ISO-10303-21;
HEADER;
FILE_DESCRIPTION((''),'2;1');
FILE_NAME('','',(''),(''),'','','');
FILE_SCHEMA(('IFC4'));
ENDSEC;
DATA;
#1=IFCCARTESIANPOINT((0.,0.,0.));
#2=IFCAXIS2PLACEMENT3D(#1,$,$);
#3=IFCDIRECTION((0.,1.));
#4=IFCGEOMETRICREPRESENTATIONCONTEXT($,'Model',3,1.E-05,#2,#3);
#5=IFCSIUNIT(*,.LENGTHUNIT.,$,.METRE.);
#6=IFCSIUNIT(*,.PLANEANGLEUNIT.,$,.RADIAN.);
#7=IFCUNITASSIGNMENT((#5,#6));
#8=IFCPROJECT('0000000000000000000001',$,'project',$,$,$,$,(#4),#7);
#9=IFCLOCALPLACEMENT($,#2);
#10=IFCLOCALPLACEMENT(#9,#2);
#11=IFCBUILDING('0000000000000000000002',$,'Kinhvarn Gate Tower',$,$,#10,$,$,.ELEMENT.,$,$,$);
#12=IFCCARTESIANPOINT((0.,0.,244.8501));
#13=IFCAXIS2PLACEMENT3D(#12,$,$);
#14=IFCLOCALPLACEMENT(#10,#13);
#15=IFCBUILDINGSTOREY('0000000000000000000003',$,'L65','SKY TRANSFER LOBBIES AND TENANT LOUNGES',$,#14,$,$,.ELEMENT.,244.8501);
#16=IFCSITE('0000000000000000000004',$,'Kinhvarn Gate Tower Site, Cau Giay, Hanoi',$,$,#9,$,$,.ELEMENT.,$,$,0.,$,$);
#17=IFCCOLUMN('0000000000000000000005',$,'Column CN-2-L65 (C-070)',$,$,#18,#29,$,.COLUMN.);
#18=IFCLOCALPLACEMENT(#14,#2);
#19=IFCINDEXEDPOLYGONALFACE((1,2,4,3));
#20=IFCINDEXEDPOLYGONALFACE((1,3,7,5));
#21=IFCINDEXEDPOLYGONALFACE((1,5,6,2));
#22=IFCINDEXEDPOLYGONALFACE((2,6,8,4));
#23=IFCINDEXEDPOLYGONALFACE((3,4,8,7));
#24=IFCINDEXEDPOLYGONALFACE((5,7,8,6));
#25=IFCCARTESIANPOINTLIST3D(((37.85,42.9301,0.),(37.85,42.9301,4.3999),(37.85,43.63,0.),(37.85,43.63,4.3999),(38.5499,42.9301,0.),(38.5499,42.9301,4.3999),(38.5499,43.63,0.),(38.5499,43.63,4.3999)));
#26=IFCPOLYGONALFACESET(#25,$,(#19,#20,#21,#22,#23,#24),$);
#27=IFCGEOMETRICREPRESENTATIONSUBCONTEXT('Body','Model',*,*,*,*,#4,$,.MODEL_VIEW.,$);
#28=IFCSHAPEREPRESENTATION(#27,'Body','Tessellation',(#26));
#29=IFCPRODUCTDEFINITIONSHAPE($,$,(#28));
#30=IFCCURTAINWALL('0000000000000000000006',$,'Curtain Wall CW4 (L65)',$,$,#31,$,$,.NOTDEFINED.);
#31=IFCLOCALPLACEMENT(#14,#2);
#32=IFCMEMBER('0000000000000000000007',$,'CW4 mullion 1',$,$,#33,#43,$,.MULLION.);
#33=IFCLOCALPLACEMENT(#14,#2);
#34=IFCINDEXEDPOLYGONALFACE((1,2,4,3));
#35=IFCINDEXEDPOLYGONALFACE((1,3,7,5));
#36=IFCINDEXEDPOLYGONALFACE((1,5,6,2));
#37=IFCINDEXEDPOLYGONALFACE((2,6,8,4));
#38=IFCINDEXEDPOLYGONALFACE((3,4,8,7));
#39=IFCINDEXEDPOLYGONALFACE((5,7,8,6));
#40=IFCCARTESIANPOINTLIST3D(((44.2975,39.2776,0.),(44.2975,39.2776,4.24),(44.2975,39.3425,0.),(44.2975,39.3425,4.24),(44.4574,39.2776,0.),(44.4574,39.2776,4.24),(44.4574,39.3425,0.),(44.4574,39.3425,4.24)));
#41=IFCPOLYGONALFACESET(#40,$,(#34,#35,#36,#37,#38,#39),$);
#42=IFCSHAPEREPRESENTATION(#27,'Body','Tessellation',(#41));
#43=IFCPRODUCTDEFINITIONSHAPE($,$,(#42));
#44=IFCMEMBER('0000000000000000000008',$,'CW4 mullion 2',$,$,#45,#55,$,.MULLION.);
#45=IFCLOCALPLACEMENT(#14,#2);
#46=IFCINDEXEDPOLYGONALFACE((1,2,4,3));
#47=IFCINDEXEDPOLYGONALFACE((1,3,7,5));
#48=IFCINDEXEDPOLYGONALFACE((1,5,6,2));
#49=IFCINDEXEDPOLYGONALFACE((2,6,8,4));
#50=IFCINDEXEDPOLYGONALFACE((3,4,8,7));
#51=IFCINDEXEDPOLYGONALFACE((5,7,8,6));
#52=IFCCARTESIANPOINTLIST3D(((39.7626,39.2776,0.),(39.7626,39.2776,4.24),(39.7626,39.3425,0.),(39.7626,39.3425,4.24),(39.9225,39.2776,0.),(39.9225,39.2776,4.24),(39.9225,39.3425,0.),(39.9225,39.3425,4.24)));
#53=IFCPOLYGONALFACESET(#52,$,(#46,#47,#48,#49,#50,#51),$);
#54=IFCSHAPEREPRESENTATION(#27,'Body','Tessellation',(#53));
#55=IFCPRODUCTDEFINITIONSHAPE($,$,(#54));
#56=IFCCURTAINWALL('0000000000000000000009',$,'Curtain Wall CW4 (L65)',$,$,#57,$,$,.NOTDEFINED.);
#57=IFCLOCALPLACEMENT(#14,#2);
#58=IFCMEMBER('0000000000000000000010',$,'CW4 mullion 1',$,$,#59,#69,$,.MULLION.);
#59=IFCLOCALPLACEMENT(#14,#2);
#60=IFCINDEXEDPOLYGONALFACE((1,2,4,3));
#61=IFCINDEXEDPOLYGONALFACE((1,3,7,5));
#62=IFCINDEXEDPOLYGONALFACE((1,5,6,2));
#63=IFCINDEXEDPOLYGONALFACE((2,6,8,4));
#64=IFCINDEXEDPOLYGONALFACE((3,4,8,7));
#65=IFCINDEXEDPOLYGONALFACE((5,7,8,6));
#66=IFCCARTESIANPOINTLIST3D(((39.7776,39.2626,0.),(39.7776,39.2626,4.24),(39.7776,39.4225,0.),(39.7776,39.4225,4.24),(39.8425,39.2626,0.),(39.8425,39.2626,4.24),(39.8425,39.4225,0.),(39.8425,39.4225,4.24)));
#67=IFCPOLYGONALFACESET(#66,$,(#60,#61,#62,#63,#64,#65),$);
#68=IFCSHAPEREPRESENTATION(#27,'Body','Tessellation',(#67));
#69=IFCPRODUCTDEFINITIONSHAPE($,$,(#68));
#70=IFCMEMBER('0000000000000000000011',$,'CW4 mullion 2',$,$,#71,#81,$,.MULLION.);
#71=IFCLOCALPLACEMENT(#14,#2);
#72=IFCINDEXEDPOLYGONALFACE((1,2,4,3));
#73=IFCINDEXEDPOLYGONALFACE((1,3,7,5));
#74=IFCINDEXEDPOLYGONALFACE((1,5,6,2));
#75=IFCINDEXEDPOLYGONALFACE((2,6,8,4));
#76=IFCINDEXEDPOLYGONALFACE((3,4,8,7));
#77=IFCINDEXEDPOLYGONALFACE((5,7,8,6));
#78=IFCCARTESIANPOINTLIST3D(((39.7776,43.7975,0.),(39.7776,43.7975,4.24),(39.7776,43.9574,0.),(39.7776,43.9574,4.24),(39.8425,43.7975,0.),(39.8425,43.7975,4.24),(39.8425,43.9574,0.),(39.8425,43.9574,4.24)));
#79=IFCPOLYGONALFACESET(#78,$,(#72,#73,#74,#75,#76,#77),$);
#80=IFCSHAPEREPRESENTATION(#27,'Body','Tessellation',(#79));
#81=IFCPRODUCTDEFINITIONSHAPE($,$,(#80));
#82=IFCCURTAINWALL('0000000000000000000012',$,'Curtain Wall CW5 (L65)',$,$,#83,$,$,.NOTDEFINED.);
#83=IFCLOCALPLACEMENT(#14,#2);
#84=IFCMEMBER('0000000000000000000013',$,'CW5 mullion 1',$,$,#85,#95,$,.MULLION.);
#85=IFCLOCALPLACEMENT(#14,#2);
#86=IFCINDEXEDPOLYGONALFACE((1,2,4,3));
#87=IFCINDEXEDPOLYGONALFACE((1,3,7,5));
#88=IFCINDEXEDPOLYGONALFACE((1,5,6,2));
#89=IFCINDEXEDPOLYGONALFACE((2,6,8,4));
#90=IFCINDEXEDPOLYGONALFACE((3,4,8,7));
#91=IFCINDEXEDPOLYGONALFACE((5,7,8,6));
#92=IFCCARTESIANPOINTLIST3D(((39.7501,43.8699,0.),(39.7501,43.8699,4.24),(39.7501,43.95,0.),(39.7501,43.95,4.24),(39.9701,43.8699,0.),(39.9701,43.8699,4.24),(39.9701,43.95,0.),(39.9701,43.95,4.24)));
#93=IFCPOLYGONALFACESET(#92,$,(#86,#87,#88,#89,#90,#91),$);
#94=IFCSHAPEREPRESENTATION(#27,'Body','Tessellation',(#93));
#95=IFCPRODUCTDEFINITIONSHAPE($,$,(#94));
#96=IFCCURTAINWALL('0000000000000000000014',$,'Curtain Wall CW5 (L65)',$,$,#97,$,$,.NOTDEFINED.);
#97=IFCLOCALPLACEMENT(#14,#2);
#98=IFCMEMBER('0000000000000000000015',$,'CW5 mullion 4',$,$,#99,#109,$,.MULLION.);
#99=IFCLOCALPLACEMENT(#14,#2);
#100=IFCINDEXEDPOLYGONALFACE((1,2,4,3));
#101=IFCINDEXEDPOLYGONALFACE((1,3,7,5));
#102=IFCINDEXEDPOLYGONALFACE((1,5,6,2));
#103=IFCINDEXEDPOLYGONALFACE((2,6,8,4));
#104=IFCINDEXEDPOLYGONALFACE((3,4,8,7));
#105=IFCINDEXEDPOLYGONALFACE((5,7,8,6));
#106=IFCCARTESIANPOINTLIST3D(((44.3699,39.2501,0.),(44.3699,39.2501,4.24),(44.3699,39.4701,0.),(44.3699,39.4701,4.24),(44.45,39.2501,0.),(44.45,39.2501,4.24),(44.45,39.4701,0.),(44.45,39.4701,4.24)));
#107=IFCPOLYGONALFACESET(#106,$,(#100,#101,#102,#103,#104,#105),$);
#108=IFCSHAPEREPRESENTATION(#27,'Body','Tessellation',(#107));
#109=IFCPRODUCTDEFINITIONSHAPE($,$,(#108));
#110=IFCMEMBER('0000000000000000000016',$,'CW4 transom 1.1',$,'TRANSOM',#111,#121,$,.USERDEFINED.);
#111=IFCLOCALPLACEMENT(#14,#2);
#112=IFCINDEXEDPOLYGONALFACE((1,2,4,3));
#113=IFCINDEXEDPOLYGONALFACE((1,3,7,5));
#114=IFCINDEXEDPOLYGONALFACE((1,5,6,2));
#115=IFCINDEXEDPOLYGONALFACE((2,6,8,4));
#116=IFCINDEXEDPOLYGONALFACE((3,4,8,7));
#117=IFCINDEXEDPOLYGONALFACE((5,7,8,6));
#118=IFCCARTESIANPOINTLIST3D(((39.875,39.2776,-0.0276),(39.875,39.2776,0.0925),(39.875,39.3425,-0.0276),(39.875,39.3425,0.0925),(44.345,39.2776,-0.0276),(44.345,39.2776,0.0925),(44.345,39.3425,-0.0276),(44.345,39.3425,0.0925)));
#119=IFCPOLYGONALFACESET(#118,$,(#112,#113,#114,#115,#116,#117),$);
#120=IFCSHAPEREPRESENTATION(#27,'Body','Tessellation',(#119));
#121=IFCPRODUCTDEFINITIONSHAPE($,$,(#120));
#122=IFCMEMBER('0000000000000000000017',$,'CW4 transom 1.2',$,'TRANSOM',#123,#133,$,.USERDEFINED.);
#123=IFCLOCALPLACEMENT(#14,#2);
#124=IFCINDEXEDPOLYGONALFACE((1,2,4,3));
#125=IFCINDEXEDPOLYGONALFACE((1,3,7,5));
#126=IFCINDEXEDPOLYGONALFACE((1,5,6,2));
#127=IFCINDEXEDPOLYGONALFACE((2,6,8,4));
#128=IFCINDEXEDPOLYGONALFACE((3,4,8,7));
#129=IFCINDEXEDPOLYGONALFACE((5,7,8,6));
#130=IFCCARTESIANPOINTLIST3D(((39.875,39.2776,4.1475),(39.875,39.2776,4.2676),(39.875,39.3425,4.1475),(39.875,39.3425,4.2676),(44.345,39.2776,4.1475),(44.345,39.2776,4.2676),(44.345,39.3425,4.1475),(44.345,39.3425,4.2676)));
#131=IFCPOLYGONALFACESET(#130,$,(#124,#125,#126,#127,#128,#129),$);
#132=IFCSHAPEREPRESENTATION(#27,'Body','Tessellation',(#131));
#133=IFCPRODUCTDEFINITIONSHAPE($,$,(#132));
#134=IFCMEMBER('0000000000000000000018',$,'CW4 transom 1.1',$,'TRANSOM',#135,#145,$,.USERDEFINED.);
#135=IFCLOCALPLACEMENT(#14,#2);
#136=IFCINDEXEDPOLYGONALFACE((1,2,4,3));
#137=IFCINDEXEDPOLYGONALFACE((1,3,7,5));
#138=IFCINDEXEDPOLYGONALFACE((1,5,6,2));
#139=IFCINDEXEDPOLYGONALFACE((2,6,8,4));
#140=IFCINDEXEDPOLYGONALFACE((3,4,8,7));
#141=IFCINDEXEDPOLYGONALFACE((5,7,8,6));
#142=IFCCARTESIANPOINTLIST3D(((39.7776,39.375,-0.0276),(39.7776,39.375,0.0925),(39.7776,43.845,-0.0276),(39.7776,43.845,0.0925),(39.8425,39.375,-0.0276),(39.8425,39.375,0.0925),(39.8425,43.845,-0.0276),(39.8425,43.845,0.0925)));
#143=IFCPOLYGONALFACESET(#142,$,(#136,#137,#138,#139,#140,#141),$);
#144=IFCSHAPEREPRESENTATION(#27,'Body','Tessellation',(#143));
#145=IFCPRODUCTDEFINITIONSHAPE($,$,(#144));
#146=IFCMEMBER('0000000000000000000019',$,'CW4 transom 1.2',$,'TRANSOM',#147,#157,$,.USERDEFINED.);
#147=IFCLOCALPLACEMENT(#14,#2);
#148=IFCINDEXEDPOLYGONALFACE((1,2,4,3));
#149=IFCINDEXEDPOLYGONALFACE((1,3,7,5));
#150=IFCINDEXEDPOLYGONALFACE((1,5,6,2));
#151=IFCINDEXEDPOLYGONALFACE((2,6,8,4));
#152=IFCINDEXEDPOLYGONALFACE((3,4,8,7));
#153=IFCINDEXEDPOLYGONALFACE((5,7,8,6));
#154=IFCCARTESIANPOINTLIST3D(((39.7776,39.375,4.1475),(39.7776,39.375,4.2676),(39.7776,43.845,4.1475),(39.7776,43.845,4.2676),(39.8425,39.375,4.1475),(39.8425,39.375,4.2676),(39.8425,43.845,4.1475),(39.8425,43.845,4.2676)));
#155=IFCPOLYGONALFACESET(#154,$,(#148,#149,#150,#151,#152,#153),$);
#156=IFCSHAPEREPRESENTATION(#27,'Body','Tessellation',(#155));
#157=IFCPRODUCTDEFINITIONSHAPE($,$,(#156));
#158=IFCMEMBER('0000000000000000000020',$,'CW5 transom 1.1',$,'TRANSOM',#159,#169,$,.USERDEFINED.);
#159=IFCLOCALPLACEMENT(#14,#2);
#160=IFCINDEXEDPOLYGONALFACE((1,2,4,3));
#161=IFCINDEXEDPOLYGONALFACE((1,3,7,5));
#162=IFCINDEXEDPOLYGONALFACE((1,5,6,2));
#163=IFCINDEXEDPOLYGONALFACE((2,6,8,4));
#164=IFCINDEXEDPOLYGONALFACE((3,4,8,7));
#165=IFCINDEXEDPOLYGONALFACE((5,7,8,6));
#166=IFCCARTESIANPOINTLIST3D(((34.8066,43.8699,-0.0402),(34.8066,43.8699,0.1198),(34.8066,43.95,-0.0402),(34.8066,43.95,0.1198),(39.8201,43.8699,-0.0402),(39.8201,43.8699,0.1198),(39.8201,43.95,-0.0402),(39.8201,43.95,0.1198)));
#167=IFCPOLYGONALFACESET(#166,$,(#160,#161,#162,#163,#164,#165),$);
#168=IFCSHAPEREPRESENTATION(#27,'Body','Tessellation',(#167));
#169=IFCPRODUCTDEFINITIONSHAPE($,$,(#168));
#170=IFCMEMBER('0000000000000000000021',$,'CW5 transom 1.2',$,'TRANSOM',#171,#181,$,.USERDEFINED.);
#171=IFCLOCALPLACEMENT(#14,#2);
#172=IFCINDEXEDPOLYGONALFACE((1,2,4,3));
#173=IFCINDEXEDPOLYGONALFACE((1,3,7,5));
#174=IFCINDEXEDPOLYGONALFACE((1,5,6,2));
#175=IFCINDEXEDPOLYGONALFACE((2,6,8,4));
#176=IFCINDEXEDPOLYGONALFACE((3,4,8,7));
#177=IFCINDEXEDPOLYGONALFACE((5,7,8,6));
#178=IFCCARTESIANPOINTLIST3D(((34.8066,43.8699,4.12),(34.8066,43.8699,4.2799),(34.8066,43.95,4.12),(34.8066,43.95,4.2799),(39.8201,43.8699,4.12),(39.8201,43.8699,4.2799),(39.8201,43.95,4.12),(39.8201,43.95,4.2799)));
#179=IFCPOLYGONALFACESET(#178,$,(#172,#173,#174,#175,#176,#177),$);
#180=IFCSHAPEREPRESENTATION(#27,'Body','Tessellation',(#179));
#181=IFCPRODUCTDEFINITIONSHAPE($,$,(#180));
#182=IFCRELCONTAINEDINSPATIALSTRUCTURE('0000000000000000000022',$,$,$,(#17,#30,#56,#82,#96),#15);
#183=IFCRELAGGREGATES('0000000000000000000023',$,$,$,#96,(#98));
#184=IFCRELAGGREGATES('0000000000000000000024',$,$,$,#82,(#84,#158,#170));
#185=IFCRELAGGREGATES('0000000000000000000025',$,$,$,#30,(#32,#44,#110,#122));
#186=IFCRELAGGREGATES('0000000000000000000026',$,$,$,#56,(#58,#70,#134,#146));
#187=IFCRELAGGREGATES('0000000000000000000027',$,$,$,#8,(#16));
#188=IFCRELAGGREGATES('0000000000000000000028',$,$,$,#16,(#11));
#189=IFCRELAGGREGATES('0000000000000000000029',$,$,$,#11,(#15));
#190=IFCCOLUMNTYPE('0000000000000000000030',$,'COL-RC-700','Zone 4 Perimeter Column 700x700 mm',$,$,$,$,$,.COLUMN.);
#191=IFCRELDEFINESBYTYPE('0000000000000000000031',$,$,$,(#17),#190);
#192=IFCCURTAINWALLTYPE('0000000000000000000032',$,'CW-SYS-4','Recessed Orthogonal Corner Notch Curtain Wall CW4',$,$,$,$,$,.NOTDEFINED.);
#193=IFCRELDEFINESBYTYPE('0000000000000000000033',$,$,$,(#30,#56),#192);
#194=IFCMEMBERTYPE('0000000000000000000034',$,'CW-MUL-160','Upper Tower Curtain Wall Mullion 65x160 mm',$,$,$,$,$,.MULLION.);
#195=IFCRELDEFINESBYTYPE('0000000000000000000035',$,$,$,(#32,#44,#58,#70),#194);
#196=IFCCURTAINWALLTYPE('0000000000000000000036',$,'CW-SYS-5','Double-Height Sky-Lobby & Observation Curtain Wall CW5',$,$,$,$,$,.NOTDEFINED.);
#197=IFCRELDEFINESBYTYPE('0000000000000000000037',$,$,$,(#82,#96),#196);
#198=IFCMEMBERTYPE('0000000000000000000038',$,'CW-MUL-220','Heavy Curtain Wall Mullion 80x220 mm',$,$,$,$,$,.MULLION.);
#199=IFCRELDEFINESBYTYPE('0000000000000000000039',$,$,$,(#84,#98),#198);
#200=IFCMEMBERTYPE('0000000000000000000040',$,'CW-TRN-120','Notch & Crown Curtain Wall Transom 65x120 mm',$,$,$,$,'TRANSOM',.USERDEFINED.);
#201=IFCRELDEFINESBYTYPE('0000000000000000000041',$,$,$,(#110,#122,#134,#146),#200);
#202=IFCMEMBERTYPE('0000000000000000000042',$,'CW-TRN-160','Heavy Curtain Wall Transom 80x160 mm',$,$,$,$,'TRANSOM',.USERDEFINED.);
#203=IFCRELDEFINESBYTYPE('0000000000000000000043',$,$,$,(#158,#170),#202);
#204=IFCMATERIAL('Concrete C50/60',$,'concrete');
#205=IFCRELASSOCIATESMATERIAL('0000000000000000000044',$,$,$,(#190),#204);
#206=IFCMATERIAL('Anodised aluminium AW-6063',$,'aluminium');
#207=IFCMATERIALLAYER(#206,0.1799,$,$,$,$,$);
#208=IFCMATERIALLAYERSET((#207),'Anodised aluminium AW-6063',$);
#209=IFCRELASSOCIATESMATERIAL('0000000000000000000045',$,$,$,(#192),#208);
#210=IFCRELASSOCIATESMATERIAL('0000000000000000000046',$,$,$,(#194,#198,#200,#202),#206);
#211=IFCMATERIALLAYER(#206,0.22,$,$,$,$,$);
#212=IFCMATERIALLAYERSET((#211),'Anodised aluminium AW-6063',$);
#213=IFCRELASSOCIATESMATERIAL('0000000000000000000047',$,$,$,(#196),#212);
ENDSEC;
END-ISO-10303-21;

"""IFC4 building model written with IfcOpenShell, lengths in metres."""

from ifc_helpers import new_model, si_unit, direction, frame, origin, origin_2d, place, context, subcontext, project, spatial, rectangle, extrude, material, layer, layer_set, material_profile, profile_set, type_object, element, aggregate, save


model = new_model("IFC4")

# Units and contexts
model_context = context("Model", 3, precision=1e-05, world=origin(), true_north=direction((0.0, 1.0)))
body_context = subcontext(model_context, "Body", "Model", "MODEL_VIEW")
ifc_project = project(units=[si_unit("LENGTHUNIT", "METRE"), si_unit("PLANEANGLEUNIT", "RADIAN")], contexts=[model_context])

# Site, building, storey
site_placement = place(None, origin())
site = spatial("IfcSite", under=ifc_project, at=site_placement, Name="Kinhvarn Gate Tower Site, Cau Giay, Hanoi", CompositionType="ELEMENT", RefElevation=0.0)
building_placement = place(site_placement, origin())
building = spatial("IfcBuilding", under=site, at=building_placement, Name="Kinhvarn Gate Tower", CompositionType="ELEMENT")
storey_placement = place(building_placement, frame((0.0, 0.0, 244.8501)))
storey = spatial("IfcBuildingStorey", under=building, at=storey_placement, Name="L65", Description="SKY TRANSFER LOBBIES AND TENANT LOUNGES", CompositionType="ELEMENT", Elevation=244.8501)

# Column
ifc_material_1 = material(Name="Concrete C50/60", Category="concrete")
ifc_material_profile_1 = material_profile(ifc_material_1, rectangle(XDim=0.7, YDim=0.7, at=origin_2d()), Name="RC 700x700")
ifc_profile_set_1 = profile_set([ifc_material_profile_1], Name="Concrete C50/60")
column_type = type_object("IfcColumnType", Name="COL-RC-700", Description="Zone 4 Perimeter Column 700x700 mm", PredefinedType="COLUMN", material=ifc_profile_set_1)
column_placement = place(storey_placement, frame((38.2, 43.28, 0.0), z_axis=(0.0, 0.0, 1.0), x_axis=(1.0, 0.0, 0.0)))
element("IfcColumn", 1, at=column_placement, inside=storey, type_object=column_type, Name="Column CN-2-L65 (C-070)", PredefinedType="COLUMN", context=body_context, shape_type="SweptSolid", body=[
    extrude(rectangle(XDim=0.7, YDim=0.7, at=origin_2d()), origin(), (0.0, 0.0, 1.0), 4.3999),
])

# Curtain walls, members
ifc_material_2 = material(Name="Anodised aluminium AW-6063", Category="aluminium")
ifc_layer_1 = layer(ifc_material_2, 0.1799)
ifc_layer_set_1 = layer_set([ifc_layer_1], Name="Anodised aluminium AW-6063")
curtain_wall_type_1 = type_object("IfcCurtainWallType", Name="CW-SYS-4", Description="Recessed Orthogonal Corner Notch Curtain Wall CW4", PredefinedType="NOTDEFINED", material=ifc_layer_set_1)
curtain_wall_1_placement = place(storey_placement, origin())
curtain_wall_1 = element("IfcCurtainWall", 2, at=curtain_wall_1_placement, inside=storey, type_object=curtain_wall_type_1, Name="Curtain Wall CW4 (L65)", PredefinedType="NOTDEFINED")
ifc_material_profile_2 = material_profile(ifc_material_2, rectangle(XDim=0.0649, YDim=0.1599, at=origin_2d()), Name="ALU 65x160")
ifc_profile_set_2 = profile_set([ifc_material_profile_2], Name="Anodised aluminium AW-6063")
member_type_1 = type_object("IfcMemberType", Name="CW-MUL-160", Description="Upper Tower Curtain Wall Mullion 65x160 mm", PredefinedType="MULLION", material=ifc_profile_set_2)
member_1_placement = place(storey_placement, frame((44.3774, 39.3101, 0.0), z_axis=(0.0, 0.0, 1.0), x_axis=(0.0, -1.0, 0.0)))
member_1 = element("IfcMember", 3, at=member_1_placement, type_object=member_type_1, Name="CW4 mullion 1", PredefinedType="MULLION", context=body_context, shape_type="SweptSolid", body=[
    extrude(rectangle(XDim=0.0649, YDim=0.1599, at=origin_2d()), origin(), (0.0, 0.0, 1.0), 4.24),
])
member_2_placement = place(storey_placement, frame((39.8425, 39.3101, 0.0), z_axis=(0.0, 0.0, 1.0), x_axis=(0.0, -1.0, 0.0)))
member_2 = element("IfcMember", 4, at=member_2_placement, type_object=member_type_1, Name="CW4 mullion 2", PredefinedType="MULLION", context=body_context, shape_type="SweptSolid", body=[
    extrude(rectangle(XDim=0.0649, YDim=0.1599, at=origin_2d()), origin(), (0.0, 0.0, 1.0), 4.24),
])
curtain_wall_2_placement = place(storey_placement, origin())
curtain_wall_2 = element("IfcCurtainWall", 5, at=curtain_wall_2_placement, inside=storey, type_object=curtain_wall_type_1, Name="Curtain Wall CW4 (L65)", PredefinedType="NOTDEFINED")
member_3_placement = place(storey_placement, frame((39.8101, 39.3425, 0.0), z_axis=(0.0, 0.0, 1.0), x_axis=(-1.0, 0.0, 0.0)))
member_3 = element("IfcMember", 6, at=member_3_placement, type_object=member_type_1, Name="CW4 mullion 1", PredefinedType="MULLION", context=body_context, shape_type="SweptSolid", body=[
    extrude(rectangle(XDim=0.0649, YDim=0.1599, at=origin_2d()), origin(), (0.0, 0.0, 1.0), 4.24),
])
member_4_placement = place(storey_placement, frame((39.8101, 43.8774, 0.0), z_axis=(0.0, 0.0, 1.0), x_axis=(-1.0, 0.0, 0.0)))
member_4 = element("IfcMember", 7, at=member_4_placement, type_object=member_type_1, Name="CW4 mullion 2", PredefinedType="MULLION", context=body_context, shape_type="SweptSolid", body=[
    extrude(rectangle(XDim=0.0649, YDim=0.1599, at=origin_2d()), origin(), (0.0, 0.0, 1.0), 4.24),
])

# Curtain walls, members
ifc_layer_2 = layer(ifc_material_2, 0.22)
ifc_layer_set_2 = layer_set([ifc_layer_2], Name="Anodised aluminium AW-6063")
curtain_wall_type_2 = type_object("IfcCurtainWallType", Name="CW-SYS-5", Description="Double-Height Sky-Lobby & Observation Curtain Wall CW5", PredefinedType="NOTDEFINED", material=ifc_layer_set_2)
curtain_wall_3_placement = place(storey_placement, origin())
curtain_wall_3 = element("IfcCurtainWall", 8, at=curtain_wall_3_placement, inside=storey, type_object=curtain_wall_type_2, Name="Curtain Wall CW5 (L65)", PredefinedType="NOTDEFINED")
ifc_material_profile_3 = material_profile(ifc_material_2, rectangle(XDim=0.0801, YDim=0.22, at=origin_2d()), Name="ALU 80x220")
ifc_profile_set_3 = profile_set([ifc_material_profile_3], Name="Anodised aluminium AW-6063")
member_type_2 = type_object("IfcMemberType", Name="CW-MUL-220", Description="Heavy Curtain Wall Mullion 80x220 mm", PredefinedType="MULLION", material=ifc_profile_set_3)
member_5_placement = place(storey_placement, frame((39.8601, 43.9099, 0.0), z_axis=(0.0, 0.0, 1.0), x_axis=(0.0, -1.0, 0.0)))
member_5 = element("IfcMember", 9, at=member_5_placement, type_object=member_type_2, Name="CW5 mullion 1", PredefinedType="MULLION", context=body_context, shape_type="SweptSolid", body=[
    extrude(rectangle(XDim=0.0801, YDim=0.22, at=origin_2d()), origin(), (0.0, 0.0, 1.0), 4.24),
])
curtain_wall_4_placement = place(storey_placement, origin())
curtain_wall_4 = element("IfcCurtainWall", 10, at=curtain_wall_4_placement, inside=storey, type_object=curtain_wall_type_2, Name="Curtain Wall CW5 (L65)", PredefinedType="NOTDEFINED")
member_6_placement = place(storey_placement, frame((44.4099, 39.3601, 0.0), z_axis=(0.0, 0.0, 1.0), x_axis=(-1.0, 0.0, 0.0)))
member_6 = element("IfcMember", 11, at=member_6_placement, type_object=member_type_2, Name="CW5 mullion 4", PredefinedType="MULLION", context=body_context, shape_type="SweptSolid", body=[
    extrude(rectangle(XDim=0.0801, YDim=0.22, at=origin_2d()), origin(), (0.0, 0.0, 1.0), 4.24),
])
aggregate(curtain_wall_4, [member_6])

# Members
ifc_material_profile_4 = material_profile(ifc_material_2, rectangle(XDim=0.0649, YDim=0.1201, at=origin_2d()), Name="ALU 65x120")
ifc_profile_set_4 = profile_set([ifc_material_profile_4], Name="Anodised aluminium AW-6063")
member_type_3 = type_object("IfcMemberType", Name="CW-TRN-120", Description="Notch & Crown Curtain Wall Transom 65x120 mm", ElementType="TRANSOM", PredefinedType="USERDEFINED", material=ifc_profile_set_4)
member_7_placement = place(storey_placement, frame((44.345, 39.3101, 0.0325), z_axis=(-1.0, 0.0, 0.0), x_axis=(0.0, -1.0, 0.0)))
member_7 = element("IfcMember", 12, at=member_7_placement, type_object=member_type_3, Name="CW4 transom 1.1", ObjectType="TRANSOM", PredefinedType="USERDEFINED", context=body_context, shape_type="SweptSolid", body=[
    extrude(rectangle(XDim=0.0649, YDim=0.1201, at=origin_2d()), origin(), (0.0, 0.0, 1.0), 4.47),
])
member_8_placement = place(storey_placement, frame((44.345, 39.3101, 4.2075), z_axis=(-1.0, 0.0, 0.0), x_axis=(0.0, -1.0, 0.0)))
member_8 = element("IfcMember", 13, at=member_8_placement, type_object=member_type_3, Name="CW4 transom 1.2", ObjectType="TRANSOM", PredefinedType="USERDEFINED", context=body_context, shape_type="SweptSolid", body=[
    extrude(rectangle(XDim=0.0649, YDim=0.1201, at=origin_2d()), origin(), (0.0, 0.0, 1.0), 4.47),
])
member_9_placement = place(storey_placement, frame((39.8101, 39.375, 0.0325), z_axis=(0.0, 1.0, 0.0), x_axis=(-1.0, 0.0, 0.0)))
member_9 = element("IfcMember", 14, at=member_9_placement, type_object=member_type_3, Name="CW4 transom 1.1", ObjectType="TRANSOM", PredefinedType="USERDEFINED", context=body_context, shape_type="SweptSolid", body=[
    extrude(rectangle(XDim=0.0649, YDim=0.1201, at=origin_2d()), origin(), (0.0, 0.0, 1.0), 4.47),
])
member_10_placement = place(storey_placement, frame((39.8101, 39.375, 4.2075), z_axis=(0.0, 1.0, 0.0), x_axis=(-1.0, 0.0, 0.0)))
member_10 = element("IfcMember", 15, at=member_10_placement, type_object=member_type_3, Name="CW4 transom 1.2", ObjectType="TRANSOM", PredefinedType="USERDEFINED", context=body_context, shape_type="SweptSolid", body=[
    extrude(rectangle(XDim=0.0649, YDim=0.1201, at=origin_2d()), origin(), (0.0, 0.0, 1.0), 4.47),
])
ifc_material_profile_5 = material_profile(ifc_material_2, rectangle(XDim=0.0801, YDim=0.1599, at=origin_2d()), Name="ALU 80x160")
ifc_profile_set_5 = profile_set([ifc_material_profile_5], Name="Anodised aluminium AW-6063")
member_type_4 = type_object("IfcMemberType", Name="CW-TRN-160", Description="Heavy Curtain Wall Transom 80x160 mm", ElementType="TRANSOM", PredefinedType="USERDEFINED", material=ifc_profile_set_5)
member_11_placement = place(storey_placement, frame((39.8201, 43.9099, 0.0398), z_axis=(-1.0, 0.0, 0.0), x_axis=(0.0, -1.0, 0.0)))
member_11 = element("IfcMember", 16, at=member_11_placement, type_object=member_type_4, Name="CW5 transom 1.1", ObjectType="TRANSOM", PredefinedType="USERDEFINED", context=body_context, shape_type="SweptSolid", body=[
    extrude(rectangle(XDim=0.0801, YDim=0.1599, at=origin_2d()), origin(), (0.0, 0.0, 1.0), 5.0134),
])
member_12_placement = place(storey_placement, frame((39.8201, 43.9099, 4.2), z_axis=(-1.0, 0.0, 0.0), x_axis=(0.0, -1.0, 0.0)))
member_12 = element("IfcMember", 17, at=member_12_placement, type_object=member_type_4, Name="CW5 transom 1.2", ObjectType="TRANSOM", PredefinedType="USERDEFINED", context=body_context, shape_type="SweptSolid", body=[
    extrude(rectangle(XDim=0.0801, YDim=0.1599, at=origin_2d()), origin(), (0.0, 0.0, 1.0), 5.0134),
])
aggregate(curtain_wall_3, [member_5, member_11, member_12])

aggregate(curtain_wall_1, [member_1, member_2, member_7, member_8])
aggregate(curtain_wall_2, [member_3, member_4, member_9, member_10])

save(model, "model.ifc")
